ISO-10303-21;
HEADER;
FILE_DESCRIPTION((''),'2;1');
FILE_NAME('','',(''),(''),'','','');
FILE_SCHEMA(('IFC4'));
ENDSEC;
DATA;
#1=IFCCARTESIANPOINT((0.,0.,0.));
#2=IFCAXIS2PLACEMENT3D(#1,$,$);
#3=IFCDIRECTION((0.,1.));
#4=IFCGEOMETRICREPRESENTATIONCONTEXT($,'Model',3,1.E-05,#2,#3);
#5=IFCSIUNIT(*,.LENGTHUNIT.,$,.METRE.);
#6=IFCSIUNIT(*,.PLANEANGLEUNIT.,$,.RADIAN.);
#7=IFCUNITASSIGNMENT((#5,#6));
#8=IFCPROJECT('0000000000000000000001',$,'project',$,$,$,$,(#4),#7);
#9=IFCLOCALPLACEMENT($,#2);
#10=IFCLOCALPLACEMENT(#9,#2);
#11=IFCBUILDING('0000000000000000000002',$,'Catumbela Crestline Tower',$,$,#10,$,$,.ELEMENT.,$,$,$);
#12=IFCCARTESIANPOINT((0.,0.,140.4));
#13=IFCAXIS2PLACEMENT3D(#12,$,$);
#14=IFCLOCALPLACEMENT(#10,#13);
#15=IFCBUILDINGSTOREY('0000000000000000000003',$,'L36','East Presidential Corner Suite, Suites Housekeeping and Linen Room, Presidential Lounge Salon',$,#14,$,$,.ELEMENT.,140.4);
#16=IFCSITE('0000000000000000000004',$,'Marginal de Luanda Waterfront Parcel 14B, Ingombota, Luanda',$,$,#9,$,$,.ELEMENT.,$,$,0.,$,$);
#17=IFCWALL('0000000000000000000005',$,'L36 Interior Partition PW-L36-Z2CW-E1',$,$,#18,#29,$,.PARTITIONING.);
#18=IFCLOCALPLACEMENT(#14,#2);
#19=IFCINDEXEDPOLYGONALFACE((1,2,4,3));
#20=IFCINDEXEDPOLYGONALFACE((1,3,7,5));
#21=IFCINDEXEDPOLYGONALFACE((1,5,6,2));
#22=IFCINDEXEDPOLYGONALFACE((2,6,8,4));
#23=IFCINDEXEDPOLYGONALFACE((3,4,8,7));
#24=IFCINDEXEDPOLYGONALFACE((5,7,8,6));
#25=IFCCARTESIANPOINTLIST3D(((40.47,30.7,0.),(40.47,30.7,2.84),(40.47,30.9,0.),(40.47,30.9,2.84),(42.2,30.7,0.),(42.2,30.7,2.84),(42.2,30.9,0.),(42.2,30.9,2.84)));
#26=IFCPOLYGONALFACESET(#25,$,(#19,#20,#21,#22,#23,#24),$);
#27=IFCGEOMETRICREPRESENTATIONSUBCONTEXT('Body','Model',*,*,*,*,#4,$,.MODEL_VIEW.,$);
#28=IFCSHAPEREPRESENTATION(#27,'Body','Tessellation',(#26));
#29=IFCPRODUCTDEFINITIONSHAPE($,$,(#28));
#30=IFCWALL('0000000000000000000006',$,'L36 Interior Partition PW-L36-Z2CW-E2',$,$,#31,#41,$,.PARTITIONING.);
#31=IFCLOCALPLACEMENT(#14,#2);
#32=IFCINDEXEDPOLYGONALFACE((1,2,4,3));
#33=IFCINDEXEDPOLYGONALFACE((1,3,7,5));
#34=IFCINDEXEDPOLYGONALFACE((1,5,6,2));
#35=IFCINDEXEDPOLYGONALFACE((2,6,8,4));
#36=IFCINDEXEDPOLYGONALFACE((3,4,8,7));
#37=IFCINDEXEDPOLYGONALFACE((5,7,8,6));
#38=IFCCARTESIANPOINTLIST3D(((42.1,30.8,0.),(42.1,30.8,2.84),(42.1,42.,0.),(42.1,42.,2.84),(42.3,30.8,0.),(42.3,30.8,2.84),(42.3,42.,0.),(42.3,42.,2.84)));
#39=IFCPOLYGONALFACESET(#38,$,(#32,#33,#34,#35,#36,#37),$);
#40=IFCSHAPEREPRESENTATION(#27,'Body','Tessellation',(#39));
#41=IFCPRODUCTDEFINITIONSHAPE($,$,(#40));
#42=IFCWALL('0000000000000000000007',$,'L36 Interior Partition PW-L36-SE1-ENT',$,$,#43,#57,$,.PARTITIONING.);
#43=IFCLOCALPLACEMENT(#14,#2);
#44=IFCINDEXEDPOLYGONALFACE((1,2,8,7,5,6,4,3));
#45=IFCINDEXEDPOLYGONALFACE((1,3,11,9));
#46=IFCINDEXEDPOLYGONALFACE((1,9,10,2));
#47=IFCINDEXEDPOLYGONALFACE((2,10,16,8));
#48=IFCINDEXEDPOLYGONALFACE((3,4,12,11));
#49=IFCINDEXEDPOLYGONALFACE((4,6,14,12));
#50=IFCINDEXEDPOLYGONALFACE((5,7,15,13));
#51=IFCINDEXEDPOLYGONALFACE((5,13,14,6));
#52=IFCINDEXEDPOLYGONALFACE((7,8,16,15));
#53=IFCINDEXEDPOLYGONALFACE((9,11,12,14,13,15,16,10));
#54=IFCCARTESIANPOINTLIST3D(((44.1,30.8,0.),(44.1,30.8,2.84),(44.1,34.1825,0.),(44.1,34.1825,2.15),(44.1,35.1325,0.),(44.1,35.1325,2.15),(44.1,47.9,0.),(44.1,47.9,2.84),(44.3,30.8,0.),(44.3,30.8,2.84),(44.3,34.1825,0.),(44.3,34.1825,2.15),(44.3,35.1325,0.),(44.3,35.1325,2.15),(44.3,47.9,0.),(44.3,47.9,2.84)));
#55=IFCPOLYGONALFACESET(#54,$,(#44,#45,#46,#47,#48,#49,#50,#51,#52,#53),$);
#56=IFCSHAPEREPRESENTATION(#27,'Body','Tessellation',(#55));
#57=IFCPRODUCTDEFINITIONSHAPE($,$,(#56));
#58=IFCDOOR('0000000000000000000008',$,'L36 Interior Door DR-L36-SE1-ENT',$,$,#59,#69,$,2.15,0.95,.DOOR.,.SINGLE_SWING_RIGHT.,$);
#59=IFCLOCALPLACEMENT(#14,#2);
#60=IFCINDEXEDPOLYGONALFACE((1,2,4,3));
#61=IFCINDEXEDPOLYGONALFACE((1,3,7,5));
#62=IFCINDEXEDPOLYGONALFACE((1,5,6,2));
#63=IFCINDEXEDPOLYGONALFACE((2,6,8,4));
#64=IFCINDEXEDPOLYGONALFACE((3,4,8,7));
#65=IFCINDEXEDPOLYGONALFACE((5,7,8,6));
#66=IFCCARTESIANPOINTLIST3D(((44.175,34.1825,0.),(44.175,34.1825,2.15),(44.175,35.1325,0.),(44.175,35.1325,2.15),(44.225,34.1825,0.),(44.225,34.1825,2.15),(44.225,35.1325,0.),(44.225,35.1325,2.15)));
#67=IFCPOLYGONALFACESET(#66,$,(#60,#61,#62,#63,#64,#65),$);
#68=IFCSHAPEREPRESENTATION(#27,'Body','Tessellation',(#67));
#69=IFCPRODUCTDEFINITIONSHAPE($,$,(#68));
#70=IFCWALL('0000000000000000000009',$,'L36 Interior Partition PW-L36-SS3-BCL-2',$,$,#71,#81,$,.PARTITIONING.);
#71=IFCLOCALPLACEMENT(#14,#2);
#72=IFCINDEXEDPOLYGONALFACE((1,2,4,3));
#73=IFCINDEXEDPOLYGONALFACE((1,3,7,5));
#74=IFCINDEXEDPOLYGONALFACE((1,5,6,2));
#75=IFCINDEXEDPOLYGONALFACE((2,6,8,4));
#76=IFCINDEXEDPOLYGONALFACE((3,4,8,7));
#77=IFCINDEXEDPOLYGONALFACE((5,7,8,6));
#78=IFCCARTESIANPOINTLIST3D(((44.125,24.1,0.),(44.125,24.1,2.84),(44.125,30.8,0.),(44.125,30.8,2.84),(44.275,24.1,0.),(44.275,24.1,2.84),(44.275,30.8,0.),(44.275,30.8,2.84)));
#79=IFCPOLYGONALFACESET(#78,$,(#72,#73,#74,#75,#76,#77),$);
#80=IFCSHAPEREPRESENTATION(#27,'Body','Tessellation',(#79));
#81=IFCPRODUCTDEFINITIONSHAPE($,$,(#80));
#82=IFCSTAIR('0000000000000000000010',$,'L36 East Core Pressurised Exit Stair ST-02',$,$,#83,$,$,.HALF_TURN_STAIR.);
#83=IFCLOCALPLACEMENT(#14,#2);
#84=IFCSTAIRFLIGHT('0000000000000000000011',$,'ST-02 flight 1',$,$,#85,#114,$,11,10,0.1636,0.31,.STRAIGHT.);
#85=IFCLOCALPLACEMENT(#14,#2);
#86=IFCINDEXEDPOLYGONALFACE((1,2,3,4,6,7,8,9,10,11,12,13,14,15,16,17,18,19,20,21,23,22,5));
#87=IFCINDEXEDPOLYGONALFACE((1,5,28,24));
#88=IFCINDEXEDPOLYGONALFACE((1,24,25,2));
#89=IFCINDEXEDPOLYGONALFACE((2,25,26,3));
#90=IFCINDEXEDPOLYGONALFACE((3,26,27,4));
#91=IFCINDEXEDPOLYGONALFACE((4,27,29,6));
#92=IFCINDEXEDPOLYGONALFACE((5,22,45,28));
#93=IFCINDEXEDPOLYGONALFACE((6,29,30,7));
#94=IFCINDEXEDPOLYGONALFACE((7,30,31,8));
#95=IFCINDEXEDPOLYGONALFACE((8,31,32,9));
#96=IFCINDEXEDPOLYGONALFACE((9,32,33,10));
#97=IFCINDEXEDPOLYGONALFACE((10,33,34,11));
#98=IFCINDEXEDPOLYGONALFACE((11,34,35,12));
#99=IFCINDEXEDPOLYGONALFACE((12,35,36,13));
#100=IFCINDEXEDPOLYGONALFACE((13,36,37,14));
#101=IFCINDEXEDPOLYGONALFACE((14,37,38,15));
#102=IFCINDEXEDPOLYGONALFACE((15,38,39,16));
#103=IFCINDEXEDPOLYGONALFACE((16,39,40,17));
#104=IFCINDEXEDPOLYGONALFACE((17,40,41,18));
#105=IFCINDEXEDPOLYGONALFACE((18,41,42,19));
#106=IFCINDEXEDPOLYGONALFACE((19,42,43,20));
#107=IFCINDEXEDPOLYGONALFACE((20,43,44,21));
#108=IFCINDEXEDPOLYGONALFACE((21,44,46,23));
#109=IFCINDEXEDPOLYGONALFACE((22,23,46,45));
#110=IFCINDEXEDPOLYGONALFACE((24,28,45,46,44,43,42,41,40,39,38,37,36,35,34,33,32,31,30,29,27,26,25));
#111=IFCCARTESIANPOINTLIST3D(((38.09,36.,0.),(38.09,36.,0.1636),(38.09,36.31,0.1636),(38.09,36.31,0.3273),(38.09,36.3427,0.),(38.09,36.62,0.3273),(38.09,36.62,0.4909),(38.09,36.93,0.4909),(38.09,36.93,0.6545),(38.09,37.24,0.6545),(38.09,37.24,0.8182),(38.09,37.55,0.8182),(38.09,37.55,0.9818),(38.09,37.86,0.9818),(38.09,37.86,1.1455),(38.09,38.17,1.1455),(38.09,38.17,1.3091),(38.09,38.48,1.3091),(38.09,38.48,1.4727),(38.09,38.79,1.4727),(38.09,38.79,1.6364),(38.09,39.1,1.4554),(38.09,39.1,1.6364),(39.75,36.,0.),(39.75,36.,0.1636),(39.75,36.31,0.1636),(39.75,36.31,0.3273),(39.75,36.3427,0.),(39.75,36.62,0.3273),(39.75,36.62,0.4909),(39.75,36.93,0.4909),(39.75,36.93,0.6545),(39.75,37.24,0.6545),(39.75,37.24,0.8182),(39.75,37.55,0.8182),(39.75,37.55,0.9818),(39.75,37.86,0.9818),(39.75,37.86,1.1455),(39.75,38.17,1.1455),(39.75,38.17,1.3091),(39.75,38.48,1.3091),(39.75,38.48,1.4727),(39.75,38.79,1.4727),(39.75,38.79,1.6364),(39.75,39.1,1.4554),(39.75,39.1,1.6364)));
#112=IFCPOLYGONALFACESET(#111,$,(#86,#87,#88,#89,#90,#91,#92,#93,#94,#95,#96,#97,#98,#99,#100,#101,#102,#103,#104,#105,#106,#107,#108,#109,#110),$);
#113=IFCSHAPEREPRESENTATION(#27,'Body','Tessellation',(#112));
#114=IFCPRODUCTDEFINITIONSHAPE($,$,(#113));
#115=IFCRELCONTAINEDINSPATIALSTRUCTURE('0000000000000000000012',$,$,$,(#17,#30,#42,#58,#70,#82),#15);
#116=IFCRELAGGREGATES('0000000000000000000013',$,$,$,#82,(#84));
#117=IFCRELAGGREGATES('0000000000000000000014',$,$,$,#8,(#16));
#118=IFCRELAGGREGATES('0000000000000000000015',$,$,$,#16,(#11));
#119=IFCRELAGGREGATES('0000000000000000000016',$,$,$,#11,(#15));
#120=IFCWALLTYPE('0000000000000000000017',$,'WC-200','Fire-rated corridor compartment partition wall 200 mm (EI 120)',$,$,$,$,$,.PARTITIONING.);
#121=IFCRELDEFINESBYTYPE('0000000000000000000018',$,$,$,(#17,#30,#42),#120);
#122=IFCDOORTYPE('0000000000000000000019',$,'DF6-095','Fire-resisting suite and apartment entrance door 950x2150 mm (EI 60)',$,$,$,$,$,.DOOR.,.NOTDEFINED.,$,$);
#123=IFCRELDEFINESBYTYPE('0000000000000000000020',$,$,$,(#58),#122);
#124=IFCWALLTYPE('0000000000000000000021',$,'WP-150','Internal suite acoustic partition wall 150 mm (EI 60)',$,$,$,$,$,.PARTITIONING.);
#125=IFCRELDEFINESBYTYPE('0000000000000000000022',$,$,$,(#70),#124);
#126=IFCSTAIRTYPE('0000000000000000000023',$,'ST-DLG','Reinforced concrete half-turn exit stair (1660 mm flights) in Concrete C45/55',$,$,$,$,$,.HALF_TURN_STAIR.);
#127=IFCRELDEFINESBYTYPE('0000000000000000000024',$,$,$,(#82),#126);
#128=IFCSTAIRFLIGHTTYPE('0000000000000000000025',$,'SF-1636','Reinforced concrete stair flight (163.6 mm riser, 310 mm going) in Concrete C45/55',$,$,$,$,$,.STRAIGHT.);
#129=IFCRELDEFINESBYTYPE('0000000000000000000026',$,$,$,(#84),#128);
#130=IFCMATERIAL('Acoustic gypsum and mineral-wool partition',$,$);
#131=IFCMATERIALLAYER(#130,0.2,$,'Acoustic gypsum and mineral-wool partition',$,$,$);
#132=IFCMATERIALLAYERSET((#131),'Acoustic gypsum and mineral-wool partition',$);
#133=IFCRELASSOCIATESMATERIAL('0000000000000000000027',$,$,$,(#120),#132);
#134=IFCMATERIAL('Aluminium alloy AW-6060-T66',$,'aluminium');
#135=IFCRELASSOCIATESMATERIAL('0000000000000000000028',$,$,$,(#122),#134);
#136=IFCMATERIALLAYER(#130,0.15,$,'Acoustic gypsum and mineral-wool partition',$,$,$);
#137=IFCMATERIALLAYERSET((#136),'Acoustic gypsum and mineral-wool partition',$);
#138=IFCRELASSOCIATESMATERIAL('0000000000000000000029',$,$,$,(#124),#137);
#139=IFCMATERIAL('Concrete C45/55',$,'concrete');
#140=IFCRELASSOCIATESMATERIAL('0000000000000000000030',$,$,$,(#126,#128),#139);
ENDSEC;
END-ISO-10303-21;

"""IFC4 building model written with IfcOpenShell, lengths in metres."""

from ifc_helpers import new_model, si_unit, direction, frame, frame_2d, origin, place, context, subcontext, project, spatial, polyline, rectangle, outline, extrude, material, layer, layer_set, type_object, element, fill, aggregate, save


model = new_model("IFC4")

# Units and contexts
model_context = context("Model", 3, precision=1e-05, world=origin(), true_north=direction((0.0, 1.0)))
body_context = subcontext(model_context, "Body", "Model", "MODEL_VIEW")
ifc_project = project(units=[si_unit("LENGTHUNIT", "METRE"), si_unit("PLANEANGLEUNIT", "RADIAN")], contexts=[model_context])

# Site, building, storey
site_placement = place(None, origin())
site = spatial("IfcSite", under=ifc_project, at=site_placement, Name="Marginal de Luanda Waterfront Parcel 14B, Ingombota, Luanda", CompositionType="ELEMENT", RefElevation=0.0)
building_placement = place(site_placement, origin())
building = spatial("IfcBuilding", under=site, at=building_placement, Name="Catumbela Crestline Tower", CompositionType="ELEMENT")
storey_placement = place(building_placement, frame((0.0, 0.0, 140.4)))
storey = spatial("IfcBuildingStorey", under=building, at=storey_placement, Name="L36", Description="East Presidential Corner Suite, Suites Housekeeping and Linen Room, Presidential Lounge Salon", CompositionType="ELEMENT", Elevation=140.4)

# Shared definitions
ifc_material_1 = material(Name="Aluminium alloy AW-6060-T66", Category="aluminium")

# Walls
ifc_material_2 = material(Name="Acoustic gypsum and mineral-wool partition")
ifc_layer_1 = layer(ifc_material_2, 0.2, Name="Acoustic gypsum and mineral-wool partition")
ifc_layer_set_1 = layer_set([ifc_layer_1], Name="Acoustic gypsum and mineral-wool partition")
wall_type_1 = type_object("IfcWallType", Name="WC-200", Description="Fire-rated corridor compartment partition wall 200 mm (EI 120)", PredefinedType="PARTITIONING", material=ifc_layer_set_1)
wall_1_placement = place(storey_placement, frame((40.47, 30.8, 0.0), z_axis=(0.0, 0.0, 1.0), x_axis=(1.0, 0.0, 0.0)))
element("IfcWall", 1, at=wall_1_placement, inside=storey, type_object=wall_type_1, Name="L36 Interior Partition PW-L36-Z2CW-E1", PredefinedType="PARTITIONING", context=body_context, shape_type="SweptSolid", body=[
    extrude(rectangle(XDim=1.73, YDim=0.2, at=frame_2d((0.865, 0.0))), origin(), (0.0, 0.0, 1.0), 2.84),
])
wall_2_placement = place(storey_placement, frame((42.2, 30.8, 0.0), z_axis=(0.0, 0.0, 1.0), x_axis=(0.0, 1.0, 0.0)))
element("IfcWall", 2, at=wall_2_placement, inside=storey, type_object=wall_type_1, Name="L36 Interior Partition PW-L36-Z2CW-E2", PredefinedType="PARTITIONING", context=body_context, shape_type="SweptSolid", body=[
    extrude(rectangle(XDim=11.2, YDim=0.2, at=frame_2d((5.6, 0.0))), origin(), (0.0, 0.0, 1.0), 2.84),
])

# Wall, opening, door
wall_3_placement = place(storey_placement, frame((44.2, 30.8, 0.0), z_axis=(0.0, 0.0, 1.0), x_axis=(0.0, 1.0, 0.0)))
wall_3 = element("IfcWall", 3, at=wall_3_placement, inside=storey, type_object=wall_type_1, Name="L36 Interior Partition PW-L36-SE1-ENT", PredefinedType="PARTITIONING", context=body_context, shape_type="SweptSolid", body=[
    extrude(rectangle(XDim=17.1, YDim=0.2, at=frame_2d((8.55, 0.0))), origin(), (0.0, 0.0, 1.0), 2.84),
])
opening_placement = place(wall_3_placement, frame((3.3825, 0.0, 0.0)))
opening = element("IfcOpeningElement", 4, at=opening_placement, cuts=wall_3, PredefinedType="OPENING", context=body_context, shape_type="SweptSolid", body=[
    extrude(rectangle(XDim=0.95, YDim=2.15, at=frame_2d((0.475, 1.075))), frame((0.0, 0.11, 0.0), z_axis=(0.0, -1.0, 0.0), x_axis=(1.0, 0.0, 0.0)), (0.0, 0.0, 1.0), 0.22),
])
door_type = type_object("IfcDoorType", Name="DF6-095", Description="Fire-resisting suite and apartment entrance door 950x2150 mm (EI 60)", OperationType="NOTDEFINED", PredefinedType="DOOR", material=ifc_material_1)
door_placement = place(opening_placement, origin())
door = element("IfcDoor", 5, at=door_placement, inside=storey, type_object=door_type, Name="L36 Interior Door DR-L36-SE1-ENT", OperationType="SINGLE_SWING_RIGHT", OverallHeight=2.15, OverallWidth=0.95, PredefinedType="DOOR", context=body_context, shape_type="SweptSolid", body=[
    extrude(rectangle(XDim=0.95, YDim=2.15, at=frame_2d((0.475, 1.075))), frame((0.0, 0.025, 0.0), z_axis=(0.0, -1.0, 0.0), x_axis=(1.0, 0.0, 0.0)), (0.0, 0.0, 1.0), 0.05),
])
fill(opening, door)

# Wall
ifc_layer_2 = layer(ifc_material_2, 0.15, Name="Acoustic gypsum and mineral-wool partition")
ifc_layer_set_2 = layer_set([ifc_layer_2], Name="Acoustic gypsum and mineral-wool partition")
wall_type_2 = type_object("IfcWallType", Name="WP-150", Description="Internal suite acoustic partition wall 150 mm (EI 60)", PredefinedType="PARTITIONING", material=ifc_layer_set_2)
wall_4_placement = place(storey_placement, frame((44.2, 30.8, 0.0), z_axis=(0.0, 0.0, 1.0), x_axis=(0.0, -1.0, 0.0)))
element("IfcWall", 6, at=wall_4_placement, inside=storey, type_object=wall_type_2, Name="L36 Interior Partition PW-L36-SS3-BCL-2", PredefinedType="PARTITIONING", context=body_context, shape_type="SweptSolid", body=[
    extrude(rectangle(XDim=6.7, YDim=0.15, at=frame_2d((3.35, 0.0))), origin(), (0.0, 0.0, 1.0), 2.84),
])

# Stair, stair flight
ifc_material_3 = material(Name="Concrete C45/55", Category="concrete")
stair_type = type_object("IfcStairType", Name="ST-DLG", Description="Reinforced concrete half-turn exit stair (1660 mm flights) in Concrete C45/55", PredefinedType="HALF_TURN_STAIR", material=ifc_material_3)
stair_placement = place(storey_placement, origin())
stair = element("IfcStair", 7, at=stair_placement, inside=storey, type_object=stair_type, Name="L36 East Core Pressurised Exit Stair ST-02", PredefinedType="HALF_TURN_STAIR")
stair_flight_type = type_object("IfcStairFlightType", Name="SF-1636", Description="Reinforced concrete stair flight (163.6 mm riser, 310 mm going) in Concrete C45/55", PredefinedType="STRAIGHT", material=ifc_material_3)
stair_flight_placement = place(storey_placement, frame((38.92, 36.0, 0.0), z_axis=(0.0, 0.0, 1.0), x_axis=(0.0, 1.0, 0.0)))
stair_flight = element("IfcStairFlight", 8, at=stair_flight_placement, type_object=stair_flight_type, Name="ST-02 flight 1", NumberOfRisers=11, NumberOfTreads=10, PredefinedType="STRAIGHT", RiserHeight=0.1636, TreadLength=0.31, context=body_context, shape_type="SweptSolid", body=[
    extrude(outline(polyline([(0.0, 0.0), (0.0, 0.1636), (0.31, 0.1636), (0.31, 0.3273), (0.62, 0.3273), (0.62, 0.4909), (0.93, 0.4909), (0.93, 0.6545), (1.24, 0.6545), (1.24, 0.8182), (1.55, 0.8182), (1.55, 0.9818), (1.86, 0.9818), (1.86, 1.1455), (2.17, 1.1455), (2.17, 1.3091), (2.48, 1.3091), (2.48, 1.4727), (2.79, 1.4727), (2.79, 1.6364), (3.1, 1.6364), (3.1, 1.8), (3.1, 1.4554), (0.3427, 0.0), (0.0, 0.0)])), frame((0.0, 0.83, 0.0), z_axis=(0.0, -1.0, 0.0), x_axis=(1.0, 0.0, 0.0)), (0.0, 0.0, 1.0), 1.66),
])
aggregate(stair, [stair_flight])

save(model, "model.ifc")
